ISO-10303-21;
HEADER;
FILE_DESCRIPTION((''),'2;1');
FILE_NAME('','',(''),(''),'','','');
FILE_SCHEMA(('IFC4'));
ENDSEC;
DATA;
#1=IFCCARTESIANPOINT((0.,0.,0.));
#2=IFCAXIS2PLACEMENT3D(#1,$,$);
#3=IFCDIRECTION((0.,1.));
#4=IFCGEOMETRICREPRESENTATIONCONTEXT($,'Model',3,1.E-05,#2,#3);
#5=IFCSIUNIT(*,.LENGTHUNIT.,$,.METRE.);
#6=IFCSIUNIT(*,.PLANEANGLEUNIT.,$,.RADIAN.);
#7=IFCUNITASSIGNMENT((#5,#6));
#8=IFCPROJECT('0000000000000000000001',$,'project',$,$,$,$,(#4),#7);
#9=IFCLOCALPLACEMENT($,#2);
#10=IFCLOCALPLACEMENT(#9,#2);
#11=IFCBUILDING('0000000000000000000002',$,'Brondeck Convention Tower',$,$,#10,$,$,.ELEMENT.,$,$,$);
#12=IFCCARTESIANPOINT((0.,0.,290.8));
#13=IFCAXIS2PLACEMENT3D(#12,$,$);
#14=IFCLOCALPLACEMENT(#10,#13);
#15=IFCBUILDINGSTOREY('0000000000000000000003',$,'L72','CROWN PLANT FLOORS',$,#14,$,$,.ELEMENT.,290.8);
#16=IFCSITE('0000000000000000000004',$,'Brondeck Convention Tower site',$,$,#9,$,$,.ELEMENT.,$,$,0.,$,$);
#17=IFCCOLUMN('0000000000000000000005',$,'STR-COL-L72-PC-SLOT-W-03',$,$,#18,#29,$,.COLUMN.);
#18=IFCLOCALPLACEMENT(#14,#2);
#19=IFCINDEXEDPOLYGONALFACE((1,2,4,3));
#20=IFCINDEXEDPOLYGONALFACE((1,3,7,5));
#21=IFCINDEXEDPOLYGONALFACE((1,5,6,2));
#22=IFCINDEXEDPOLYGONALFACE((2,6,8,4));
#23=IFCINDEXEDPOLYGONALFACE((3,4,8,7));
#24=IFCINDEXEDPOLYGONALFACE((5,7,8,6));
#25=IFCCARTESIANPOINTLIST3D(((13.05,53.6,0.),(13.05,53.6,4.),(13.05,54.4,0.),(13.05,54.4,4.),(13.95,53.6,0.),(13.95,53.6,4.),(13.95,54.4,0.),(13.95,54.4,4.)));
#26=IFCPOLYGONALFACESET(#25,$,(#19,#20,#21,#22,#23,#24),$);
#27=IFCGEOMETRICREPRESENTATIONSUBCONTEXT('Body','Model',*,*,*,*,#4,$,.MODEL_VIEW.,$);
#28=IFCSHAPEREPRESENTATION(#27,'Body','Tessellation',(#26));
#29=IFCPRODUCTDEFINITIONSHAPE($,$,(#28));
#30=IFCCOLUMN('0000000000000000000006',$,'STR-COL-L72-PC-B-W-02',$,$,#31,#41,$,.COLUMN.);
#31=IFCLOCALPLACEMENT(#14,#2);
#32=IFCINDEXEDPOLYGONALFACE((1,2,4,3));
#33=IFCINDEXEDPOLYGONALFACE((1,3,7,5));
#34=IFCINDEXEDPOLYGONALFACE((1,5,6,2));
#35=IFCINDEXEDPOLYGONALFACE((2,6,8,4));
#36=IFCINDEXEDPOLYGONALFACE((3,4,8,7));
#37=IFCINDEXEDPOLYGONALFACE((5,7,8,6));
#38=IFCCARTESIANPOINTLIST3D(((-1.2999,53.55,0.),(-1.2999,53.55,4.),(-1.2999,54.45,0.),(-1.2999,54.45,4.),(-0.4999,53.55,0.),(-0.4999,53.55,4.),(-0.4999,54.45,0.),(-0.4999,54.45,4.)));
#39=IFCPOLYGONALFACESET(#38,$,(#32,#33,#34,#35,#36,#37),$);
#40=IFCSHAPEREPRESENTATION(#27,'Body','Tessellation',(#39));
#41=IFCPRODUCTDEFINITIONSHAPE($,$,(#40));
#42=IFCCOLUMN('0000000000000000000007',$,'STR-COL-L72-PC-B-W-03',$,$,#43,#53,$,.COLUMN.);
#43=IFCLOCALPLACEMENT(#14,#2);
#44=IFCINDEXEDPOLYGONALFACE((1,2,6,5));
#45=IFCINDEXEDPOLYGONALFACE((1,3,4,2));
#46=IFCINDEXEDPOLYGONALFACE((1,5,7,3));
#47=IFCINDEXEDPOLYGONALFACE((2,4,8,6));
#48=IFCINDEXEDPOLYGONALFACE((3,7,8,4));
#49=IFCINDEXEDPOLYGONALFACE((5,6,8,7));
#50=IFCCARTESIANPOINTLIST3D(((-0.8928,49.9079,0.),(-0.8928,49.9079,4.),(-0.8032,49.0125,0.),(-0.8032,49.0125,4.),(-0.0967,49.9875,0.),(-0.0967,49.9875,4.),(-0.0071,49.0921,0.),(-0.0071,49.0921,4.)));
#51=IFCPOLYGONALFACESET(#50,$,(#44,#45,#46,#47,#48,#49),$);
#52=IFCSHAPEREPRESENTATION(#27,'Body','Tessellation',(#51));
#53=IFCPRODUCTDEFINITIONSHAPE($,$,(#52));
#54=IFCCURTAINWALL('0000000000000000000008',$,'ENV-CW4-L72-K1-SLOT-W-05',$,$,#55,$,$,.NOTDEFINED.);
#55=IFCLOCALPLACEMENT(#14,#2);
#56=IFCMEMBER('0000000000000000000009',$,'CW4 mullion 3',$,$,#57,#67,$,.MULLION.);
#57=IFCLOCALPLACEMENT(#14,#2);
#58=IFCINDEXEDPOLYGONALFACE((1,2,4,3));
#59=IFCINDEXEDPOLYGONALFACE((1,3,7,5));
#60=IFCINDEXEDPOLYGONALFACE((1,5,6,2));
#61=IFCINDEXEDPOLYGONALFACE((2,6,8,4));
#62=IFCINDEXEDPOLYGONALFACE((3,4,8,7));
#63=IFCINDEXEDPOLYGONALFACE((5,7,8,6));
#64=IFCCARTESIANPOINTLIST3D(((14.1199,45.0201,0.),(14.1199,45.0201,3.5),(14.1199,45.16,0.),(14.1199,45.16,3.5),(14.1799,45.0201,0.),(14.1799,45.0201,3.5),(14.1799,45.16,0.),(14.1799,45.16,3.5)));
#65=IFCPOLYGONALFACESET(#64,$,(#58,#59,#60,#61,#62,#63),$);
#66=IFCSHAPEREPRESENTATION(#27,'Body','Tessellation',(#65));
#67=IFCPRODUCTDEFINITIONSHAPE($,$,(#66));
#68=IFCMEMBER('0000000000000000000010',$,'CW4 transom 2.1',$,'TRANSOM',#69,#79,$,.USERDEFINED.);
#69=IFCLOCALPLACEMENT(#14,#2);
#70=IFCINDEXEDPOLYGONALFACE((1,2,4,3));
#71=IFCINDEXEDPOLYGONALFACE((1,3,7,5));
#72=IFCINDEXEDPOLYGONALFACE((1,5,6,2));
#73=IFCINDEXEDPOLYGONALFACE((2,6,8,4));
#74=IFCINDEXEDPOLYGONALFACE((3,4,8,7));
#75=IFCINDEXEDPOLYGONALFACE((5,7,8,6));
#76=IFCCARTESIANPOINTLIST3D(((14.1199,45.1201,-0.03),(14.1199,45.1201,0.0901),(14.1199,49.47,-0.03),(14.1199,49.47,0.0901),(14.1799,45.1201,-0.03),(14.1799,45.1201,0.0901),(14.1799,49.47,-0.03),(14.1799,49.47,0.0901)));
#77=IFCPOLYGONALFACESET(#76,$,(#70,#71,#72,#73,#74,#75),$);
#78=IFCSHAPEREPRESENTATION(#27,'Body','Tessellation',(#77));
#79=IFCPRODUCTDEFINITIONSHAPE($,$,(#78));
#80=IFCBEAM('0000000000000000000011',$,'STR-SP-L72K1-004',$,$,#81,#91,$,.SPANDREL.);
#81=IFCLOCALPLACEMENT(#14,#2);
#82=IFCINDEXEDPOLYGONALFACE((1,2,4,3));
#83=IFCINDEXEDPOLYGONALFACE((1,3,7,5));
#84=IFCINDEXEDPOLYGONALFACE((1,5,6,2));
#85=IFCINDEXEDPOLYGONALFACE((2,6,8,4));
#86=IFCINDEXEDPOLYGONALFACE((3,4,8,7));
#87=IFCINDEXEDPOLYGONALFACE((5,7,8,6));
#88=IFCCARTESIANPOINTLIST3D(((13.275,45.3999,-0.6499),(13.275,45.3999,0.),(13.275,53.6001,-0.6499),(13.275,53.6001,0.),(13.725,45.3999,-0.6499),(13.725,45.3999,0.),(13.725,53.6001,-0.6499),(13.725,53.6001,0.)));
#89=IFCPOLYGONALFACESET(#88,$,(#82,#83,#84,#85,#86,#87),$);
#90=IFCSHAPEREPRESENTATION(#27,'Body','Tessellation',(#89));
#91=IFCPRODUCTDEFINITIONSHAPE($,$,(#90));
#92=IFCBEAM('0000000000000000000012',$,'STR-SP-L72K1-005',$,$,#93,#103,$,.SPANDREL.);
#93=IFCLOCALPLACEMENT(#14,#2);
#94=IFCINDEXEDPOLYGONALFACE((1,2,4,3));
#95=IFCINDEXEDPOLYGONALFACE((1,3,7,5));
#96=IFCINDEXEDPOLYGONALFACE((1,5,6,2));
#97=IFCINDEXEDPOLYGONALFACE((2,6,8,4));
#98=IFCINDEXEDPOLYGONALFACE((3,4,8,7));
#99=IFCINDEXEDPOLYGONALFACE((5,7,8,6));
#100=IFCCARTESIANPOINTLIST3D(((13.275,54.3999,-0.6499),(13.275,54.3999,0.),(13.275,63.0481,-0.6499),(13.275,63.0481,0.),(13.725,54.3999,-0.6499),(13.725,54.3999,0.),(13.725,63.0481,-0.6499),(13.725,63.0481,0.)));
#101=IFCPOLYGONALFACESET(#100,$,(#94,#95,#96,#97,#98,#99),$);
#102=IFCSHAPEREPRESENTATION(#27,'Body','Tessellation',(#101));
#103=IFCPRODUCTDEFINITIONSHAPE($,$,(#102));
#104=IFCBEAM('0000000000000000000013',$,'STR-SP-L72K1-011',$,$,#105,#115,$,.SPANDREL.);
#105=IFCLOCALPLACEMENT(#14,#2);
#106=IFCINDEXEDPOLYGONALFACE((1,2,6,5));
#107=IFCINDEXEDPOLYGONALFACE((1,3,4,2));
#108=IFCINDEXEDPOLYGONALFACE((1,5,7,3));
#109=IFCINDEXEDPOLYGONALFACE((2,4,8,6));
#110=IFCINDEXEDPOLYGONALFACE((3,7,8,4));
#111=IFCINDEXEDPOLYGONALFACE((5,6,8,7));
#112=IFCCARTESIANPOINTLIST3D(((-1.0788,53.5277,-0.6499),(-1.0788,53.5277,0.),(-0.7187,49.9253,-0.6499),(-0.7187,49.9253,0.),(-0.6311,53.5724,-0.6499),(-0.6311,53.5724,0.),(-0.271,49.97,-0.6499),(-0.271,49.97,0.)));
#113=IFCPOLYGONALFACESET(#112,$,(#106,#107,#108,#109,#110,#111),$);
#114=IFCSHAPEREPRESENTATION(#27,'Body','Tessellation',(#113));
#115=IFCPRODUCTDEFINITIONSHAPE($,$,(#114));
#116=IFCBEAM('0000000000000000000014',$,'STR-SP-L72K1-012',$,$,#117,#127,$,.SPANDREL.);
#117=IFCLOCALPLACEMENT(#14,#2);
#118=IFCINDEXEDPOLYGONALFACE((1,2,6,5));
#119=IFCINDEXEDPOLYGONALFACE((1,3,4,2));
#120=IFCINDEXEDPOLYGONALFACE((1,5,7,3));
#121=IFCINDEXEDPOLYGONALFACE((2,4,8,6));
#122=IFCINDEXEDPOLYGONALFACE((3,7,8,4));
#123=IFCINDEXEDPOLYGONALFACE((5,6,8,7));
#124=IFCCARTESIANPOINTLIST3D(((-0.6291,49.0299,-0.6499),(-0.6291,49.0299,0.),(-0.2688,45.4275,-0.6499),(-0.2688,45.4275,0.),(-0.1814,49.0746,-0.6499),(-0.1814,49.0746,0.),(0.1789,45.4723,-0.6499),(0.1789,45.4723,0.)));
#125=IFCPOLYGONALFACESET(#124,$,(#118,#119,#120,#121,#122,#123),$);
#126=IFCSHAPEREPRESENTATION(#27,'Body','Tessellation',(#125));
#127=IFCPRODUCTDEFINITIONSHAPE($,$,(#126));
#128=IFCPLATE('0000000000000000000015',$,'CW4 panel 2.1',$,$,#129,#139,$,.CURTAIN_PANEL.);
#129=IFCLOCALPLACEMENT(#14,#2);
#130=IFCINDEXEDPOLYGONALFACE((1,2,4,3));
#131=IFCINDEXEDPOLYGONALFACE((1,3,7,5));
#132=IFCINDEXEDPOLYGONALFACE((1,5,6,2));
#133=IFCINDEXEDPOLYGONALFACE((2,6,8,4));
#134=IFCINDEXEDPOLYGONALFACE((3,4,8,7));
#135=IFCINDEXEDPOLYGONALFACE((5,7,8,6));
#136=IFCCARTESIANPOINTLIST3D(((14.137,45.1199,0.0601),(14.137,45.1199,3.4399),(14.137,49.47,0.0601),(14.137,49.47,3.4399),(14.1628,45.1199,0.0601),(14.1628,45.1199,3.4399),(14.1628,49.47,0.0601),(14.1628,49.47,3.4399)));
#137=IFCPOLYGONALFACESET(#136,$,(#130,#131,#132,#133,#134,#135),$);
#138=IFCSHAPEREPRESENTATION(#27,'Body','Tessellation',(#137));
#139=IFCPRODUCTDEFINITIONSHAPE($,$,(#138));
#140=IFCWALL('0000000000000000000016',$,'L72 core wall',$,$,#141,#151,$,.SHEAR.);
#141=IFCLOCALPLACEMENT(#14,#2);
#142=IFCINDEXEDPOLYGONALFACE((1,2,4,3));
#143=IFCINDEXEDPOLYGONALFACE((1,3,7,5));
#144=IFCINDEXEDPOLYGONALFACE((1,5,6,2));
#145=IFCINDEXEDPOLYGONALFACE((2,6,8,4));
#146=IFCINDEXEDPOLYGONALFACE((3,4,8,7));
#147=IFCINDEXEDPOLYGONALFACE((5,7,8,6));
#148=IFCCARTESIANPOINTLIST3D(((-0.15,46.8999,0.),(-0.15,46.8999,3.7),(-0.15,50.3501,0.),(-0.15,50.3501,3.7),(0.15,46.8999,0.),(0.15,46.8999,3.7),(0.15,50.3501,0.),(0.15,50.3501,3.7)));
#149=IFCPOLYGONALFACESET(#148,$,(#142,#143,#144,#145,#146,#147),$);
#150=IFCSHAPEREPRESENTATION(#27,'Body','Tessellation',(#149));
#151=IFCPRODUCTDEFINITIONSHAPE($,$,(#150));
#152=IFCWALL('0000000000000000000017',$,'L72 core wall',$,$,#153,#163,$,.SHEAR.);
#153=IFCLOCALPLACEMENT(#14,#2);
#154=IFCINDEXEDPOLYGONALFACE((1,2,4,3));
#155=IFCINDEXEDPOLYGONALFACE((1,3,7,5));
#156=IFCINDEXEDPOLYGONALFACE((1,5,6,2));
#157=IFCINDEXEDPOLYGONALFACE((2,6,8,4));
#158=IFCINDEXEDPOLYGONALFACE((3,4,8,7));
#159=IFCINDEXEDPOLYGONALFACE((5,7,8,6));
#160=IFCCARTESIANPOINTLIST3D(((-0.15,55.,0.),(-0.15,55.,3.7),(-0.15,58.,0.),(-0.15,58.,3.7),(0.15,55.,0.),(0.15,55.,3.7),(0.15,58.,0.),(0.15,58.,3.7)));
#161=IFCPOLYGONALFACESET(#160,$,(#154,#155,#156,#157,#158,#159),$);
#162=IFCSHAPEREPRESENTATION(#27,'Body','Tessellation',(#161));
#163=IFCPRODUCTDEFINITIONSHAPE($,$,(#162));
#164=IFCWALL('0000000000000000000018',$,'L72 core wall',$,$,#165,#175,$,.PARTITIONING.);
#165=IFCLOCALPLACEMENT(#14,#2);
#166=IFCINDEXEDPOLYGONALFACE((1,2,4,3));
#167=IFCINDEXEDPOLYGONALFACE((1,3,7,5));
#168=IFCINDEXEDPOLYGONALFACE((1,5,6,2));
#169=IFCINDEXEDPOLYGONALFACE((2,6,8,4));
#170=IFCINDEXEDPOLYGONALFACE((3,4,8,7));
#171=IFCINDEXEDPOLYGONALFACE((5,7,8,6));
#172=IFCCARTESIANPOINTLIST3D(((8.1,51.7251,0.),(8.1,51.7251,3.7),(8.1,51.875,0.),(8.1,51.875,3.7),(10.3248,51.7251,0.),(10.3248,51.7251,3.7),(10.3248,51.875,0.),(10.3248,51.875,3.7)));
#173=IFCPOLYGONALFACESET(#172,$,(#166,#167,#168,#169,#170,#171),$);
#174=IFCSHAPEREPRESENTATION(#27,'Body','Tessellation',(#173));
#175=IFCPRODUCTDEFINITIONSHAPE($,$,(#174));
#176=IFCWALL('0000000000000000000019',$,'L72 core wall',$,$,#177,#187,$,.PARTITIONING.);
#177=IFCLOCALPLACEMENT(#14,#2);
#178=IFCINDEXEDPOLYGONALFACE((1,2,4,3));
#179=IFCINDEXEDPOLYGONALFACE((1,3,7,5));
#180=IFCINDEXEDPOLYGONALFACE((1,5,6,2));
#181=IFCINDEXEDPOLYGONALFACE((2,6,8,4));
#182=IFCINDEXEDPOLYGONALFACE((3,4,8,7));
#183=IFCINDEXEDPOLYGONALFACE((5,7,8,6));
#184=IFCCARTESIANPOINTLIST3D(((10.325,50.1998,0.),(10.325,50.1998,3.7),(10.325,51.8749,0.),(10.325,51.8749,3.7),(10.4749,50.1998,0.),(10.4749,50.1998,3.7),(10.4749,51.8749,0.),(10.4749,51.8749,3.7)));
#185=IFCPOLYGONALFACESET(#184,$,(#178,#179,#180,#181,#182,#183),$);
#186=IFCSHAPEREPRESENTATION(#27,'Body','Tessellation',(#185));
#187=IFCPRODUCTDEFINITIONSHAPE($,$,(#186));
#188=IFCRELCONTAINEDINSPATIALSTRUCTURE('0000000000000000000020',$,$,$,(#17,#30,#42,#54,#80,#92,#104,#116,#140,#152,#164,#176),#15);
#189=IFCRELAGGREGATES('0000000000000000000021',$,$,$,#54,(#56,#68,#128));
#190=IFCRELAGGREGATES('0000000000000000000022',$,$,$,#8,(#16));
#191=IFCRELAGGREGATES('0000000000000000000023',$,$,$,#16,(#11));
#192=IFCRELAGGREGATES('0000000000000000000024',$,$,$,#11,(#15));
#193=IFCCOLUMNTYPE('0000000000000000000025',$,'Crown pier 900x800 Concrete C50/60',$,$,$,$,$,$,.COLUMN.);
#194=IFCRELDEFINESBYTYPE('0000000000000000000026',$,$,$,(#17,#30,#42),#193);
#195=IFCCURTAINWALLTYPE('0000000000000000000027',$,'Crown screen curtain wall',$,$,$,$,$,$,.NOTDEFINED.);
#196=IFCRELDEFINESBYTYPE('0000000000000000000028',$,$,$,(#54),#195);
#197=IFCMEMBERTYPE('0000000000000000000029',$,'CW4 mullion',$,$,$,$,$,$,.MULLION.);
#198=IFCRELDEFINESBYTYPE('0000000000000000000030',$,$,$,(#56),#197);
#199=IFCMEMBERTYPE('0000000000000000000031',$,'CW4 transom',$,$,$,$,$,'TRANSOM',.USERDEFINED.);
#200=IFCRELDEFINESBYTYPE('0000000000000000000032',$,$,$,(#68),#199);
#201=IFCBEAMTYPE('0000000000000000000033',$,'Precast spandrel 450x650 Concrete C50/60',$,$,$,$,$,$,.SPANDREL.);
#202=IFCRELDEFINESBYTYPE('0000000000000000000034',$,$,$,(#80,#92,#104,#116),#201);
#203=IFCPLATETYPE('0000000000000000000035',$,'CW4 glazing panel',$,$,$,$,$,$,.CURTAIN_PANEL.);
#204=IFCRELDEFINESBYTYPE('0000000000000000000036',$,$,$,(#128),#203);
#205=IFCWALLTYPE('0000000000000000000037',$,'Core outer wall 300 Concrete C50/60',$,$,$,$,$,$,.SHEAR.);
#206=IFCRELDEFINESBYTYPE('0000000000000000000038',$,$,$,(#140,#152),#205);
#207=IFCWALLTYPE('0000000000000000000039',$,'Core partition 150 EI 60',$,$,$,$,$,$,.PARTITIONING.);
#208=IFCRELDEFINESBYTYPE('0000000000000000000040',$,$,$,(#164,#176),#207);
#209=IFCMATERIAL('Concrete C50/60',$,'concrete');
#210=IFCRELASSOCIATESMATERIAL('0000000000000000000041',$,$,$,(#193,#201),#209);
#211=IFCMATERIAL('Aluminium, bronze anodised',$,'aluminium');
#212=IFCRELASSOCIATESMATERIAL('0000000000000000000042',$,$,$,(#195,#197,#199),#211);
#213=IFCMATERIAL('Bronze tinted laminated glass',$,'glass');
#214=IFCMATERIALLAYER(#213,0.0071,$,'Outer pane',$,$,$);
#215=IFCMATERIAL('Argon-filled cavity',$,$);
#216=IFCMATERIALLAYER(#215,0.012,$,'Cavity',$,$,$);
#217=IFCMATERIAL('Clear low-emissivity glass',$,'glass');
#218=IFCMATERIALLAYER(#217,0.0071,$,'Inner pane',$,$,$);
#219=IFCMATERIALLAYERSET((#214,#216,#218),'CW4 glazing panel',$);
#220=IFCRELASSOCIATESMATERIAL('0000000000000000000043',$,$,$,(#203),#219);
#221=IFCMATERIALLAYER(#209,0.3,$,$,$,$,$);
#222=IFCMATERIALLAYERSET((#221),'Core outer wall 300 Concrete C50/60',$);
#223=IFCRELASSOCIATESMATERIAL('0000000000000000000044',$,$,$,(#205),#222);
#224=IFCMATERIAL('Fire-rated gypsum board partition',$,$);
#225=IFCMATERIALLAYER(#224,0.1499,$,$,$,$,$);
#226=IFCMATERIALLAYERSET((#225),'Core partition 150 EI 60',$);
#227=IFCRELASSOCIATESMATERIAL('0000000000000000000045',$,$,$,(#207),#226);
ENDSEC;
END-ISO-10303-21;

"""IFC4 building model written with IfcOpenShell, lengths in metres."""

from ifc_helpers import new_model, si_unit, direction, frame, frame_2d, origin, origin_2d, place, context, subcontext, project, spatial, rectangle, extrude, material, layer, layer_set, material_profile, profile_set, type_object, element, aggregate, save


model = new_model("IFC4")

# Units and contexts
model_context = context("Model", 3, precision=1e-05, world=origin(), true_north=direction((0.0, 1.0)))
body_context = subcontext(model_context, "Body", "Model", "MODEL_VIEW")
ifc_project = project(units=[si_unit("LENGTHUNIT", "METRE"), si_unit("PLANEANGLEUNIT", "RADIAN")], contexts=[model_context])

# Site, building, storey
site_placement = place(None, origin())
site = spatial("IfcSite", under=ifc_project, at=site_placement, Name="Brondeck Convention Tower site", CompositionType="ELEMENT", RefElevation=0.0)
building_placement = place(site_placement, origin())
building = spatial("IfcBuilding", under=site, at=building_placement, Name="Brondeck Convention Tower", CompositionType="ELEMENT")
storey_placement = place(building_placement, frame((0.0, 0.0, 290.8)))
storey = spatial("IfcBuildingStorey", under=building, at=storey_placement, Name="L72", Description="CROWN PLANT FLOORS", CompositionType="ELEMENT", Elevation=290.8)

# Columns
ifc_material_1 = material(Name="Concrete C50/60", Category="concrete")
ifc_material_profile_1 = material_profile(ifc_material_1, rectangle(XDim=0.8999, YDim=0.8, at=origin_2d()), Name="Crown pier 900x800 Concrete C50/60")
ifc_profile_set_1 = profile_set([ifc_material_profile_1], Name="Concrete C50/60")
column_type = type_object("IfcColumnType", Name="Crown pier 900x800 Concrete C50/60", PredefinedType="COLUMN", material=ifc_profile_set_1)
for number, where, z_axis, x_axis, name in (
    (1, (13.5, 54.0, 0.0), (0.0, 0.0, 1.0), (1.0, 0.0, 0.0), "STR-COL-L72-PC-SLOT-W-03"),
    (2, (-0.8999, 54.0, 0.0), (0.0, 0.0, 1.0), (0.0, -1.0, 0.0), "STR-COL-L72-PC-B-W-02"),
    (3, (-0.45, 49.5, 0.0), (0.0, 0.0, 1.0), (0.099504, -0.995037, 0.0), "STR-COL-L72-PC-B-W-03"),
):
    element("IfcColumn", number, at=place(storey_placement, frame(where, z_axis=z_axis, x_axis=x_axis)), inside=storey, type_object=column_type, Name=name, PredefinedType="COLUMN", context=body_context, shape_type="SweptSolid", body=[
        extrude(rectangle(XDim=0.8999, YDim=0.8, at=origin_2d()), origin(), (0.0, 0.0, 1.0), 4.0),
    ])

# Curtain wall, members
ifc_material_2 = material(Name="Aluminium, bronze anodised", Category="aluminium")
curtain_wall_type = type_object("IfcCurtainWallType", Name="Crown screen curtain wall", PredefinedType="NOTDEFINED", material=ifc_material_2)
curtain_wall_placement = place(storey_placement, origin())
curtain_wall = element("IfcCurtainWall", 4, at=curtain_wall_placement, inside=storey, type_object=curtain_wall_type, Name="ENV-CW4-L72-K1-SLOT-W-05", PredefinedType="NOTDEFINED")
ifc_material_profile_2 = material_profile(ifc_material_2, rectangle(XDim=0.0601, YDim=0.1399, at=origin_2d()), Name="CW4 mullion")
ifc_profile_set_2 = profile_set([ifc_material_profile_2], Name="Aluminium, bronze anodised")
member_type_1 = type_object("IfcMemberType", Name="CW4 mullion", PredefinedType="MULLION", material=ifc_profile_set_2)
member_1_placement = place(storey_placement, frame((14.1499, 45.0901, 0.0), z_axis=(0.0, 0.0, 1.0), x_axis=(1.0, 0.0, 0.0)))
member_1 = element("IfcMember", 5, at=member_1_placement, type_object=member_type_1, Name="CW4 mullion 3", PredefinedType="MULLION", context=body_context, shape_type="SweptSolid", body=[
    extrude(rectangle(XDim=0.0601, YDim=0.1399, at=origin_2d()), origin(), (0.0, 0.0, 1.0), 3.5),
])
ifc_material_profile_3 = material_profile(ifc_material_2, rectangle(XDim=0.0601, YDim=0.1201, at=origin_2d()), Name="CW4 transom")
ifc_profile_set_3 = profile_set([ifc_material_profile_3], Name="Aluminium, bronze anodised")
member_type_2 = type_object("IfcMemberType", Name="CW4 transom", ElementType="TRANSOM", PredefinedType="USERDEFINED", material=ifc_profile_set_3)
member_2_placement = place(storey_placement, frame((14.1499, 49.47, 0.03), z_axis=(0.0, -1.0, 0.0), x_axis=(1.0, 0.0, 0.0)))
member_2 = element("IfcMember", 6, at=member_2_placement, type_object=member_type_2, Name="CW4 transom 2.1", ObjectType="TRANSOM", PredefinedType="USERDEFINED", context=body_context, shape_type="SweptSolid", body=[
    extrude(rectangle(XDim=0.0601, YDim=0.1201, at=origin_2d()), origin(), (0.0, 0.0, 1.0), 4.3499),
])

# Beams
ifc_material_profile_4 = material_profile(ifc_material_1, rectangle(XDim=0.45, YDim=0.6499, at=origin_2d()), Name="Precast spandrel 450x650 Concrete C50/60")
ifc_profile_set_4 = profile_set([ifc_material_profile_4], Name="Concrete C50/60")
beam_type = type_object("IfcBeamType", Name="Precast spandrel 450x650 Concrete C50/60", PredefinedType="SPANDREL", material=ifc_profile_set_4)
beam_1_placement = place(storey_placement, frame((13.5, 45.3999, -0.325), z_axis=(0.0, 1.0, 0.0), x_axis=(-1.0, 0.0, 0.0)))
element("IfcBeam", 7, at=beam_1_placement, inside=storey, type_object=beam_type, Name="STR-SP-L72K1-004", PredefinedType="SPANDREL", context=body_context, shape_type="SweptSolid", body=[
    extrude(rectangle(XDim=0.45, YDim=0.6499, at=origin_2d()), origin(), (0.0, 0.0, 1.0), 8.2002),
])
beam_2_placement = place(storey_placement, frame((13.5, 54.3999, -0.325), z_axis=(0.0, 1.0, 0.0), x_axis=(-1.0, 0.0, 0.0)))
element("IfcBeam", 8, at=beam_2_placement, inside=storey, type_object=beam_type, Name="STR-SP-L72K1-005", PredefinedType="SPANDREL", context=body_context, shape_type="SweptSolid", body=[
    extrude(rectangle(XDim=0.45, YDim=0.6499, at=origin_2d()), origin(), (0.0, 0.0, 1.0), 8.6482),
])
for number, where, z_axis, x_axis, name in (
    (9, (-0.855, 53.55, -0.325), (0.09947, -0.995041, 0.0), (0.995041, 0.09947, 0.0), "STR-SP-L72K1-011"),
    (10, (-0.4053, 49.0522, -0.325), (0.099537, -0.995034, 0.0), (0.995034, 0.099537, 0.0), "STR-SP-L72K1-012"),
):
    element("IfcBeam", number, at=place(storey_placement, frame(where, z_axis=z_axis, x_axis=x_axis)), inside=storey, type_object=beam_type, Name=name, PredefinedType="SPANDREL", context=body_context, shape_type="SweptSolid", body=[
        extrude(rectangle(XDim=0.45, YDim=0.6499, at=origin_2d()), origin(), (0.0, 0.0, 1.0), 3.6204),
    ])

# Plate
ifc_material_3 = material(Name="Bronze tinted laminated glass", Category="glass")
ifc_layer_1 = layer(ifc_material_3, 0.0071, Name="Outer pane")
ifc_material_4 = material(Name="Argon-filled cavity")
ifc_layer_2 = layer(ifc_material_4, 0.012, Name="Cavity")
ifc_material_5 = material(Name="Clear low-emissivity glass", Category="glass")
ifc_layer_3 = layer(ifc_material_5, 0.0071, Name="Inner pane")
ifc_layer_set_1 = layer_set([ifc_layer_1, ifc_layer_2, ifc_layer_3], Name="CW4 glazing panel")
plate_type = type_object("IfcPlateType", Name="CW4 glazing panel", PredefinedType="CURTAIN_PANEL", material=ifc_layer_set_1)
plate_placement = place(storey_placement, frame((14.1499, 47.2949, 0.0601), z_axis=(0.0, 0.0, 1.0), x_axis=(0.0, -1.0, 0.0)))
plate = element("IfcPlate", 11, at=plate_placement, type_object=plate_type, Name="CW4 panel 2.1", PredefinedType="CURTAIN_PANEL", context=body_context, shape_type="SweptSolid", body=[
    extrude(rectangle(XDim=4.3501, YDim=0.0259, at=origin_2d()), origin(), (0.0, 0.0, 1.0), 3.3799),
])
aggregate(curtain_wall, [member_1, member_2, plate])

# Walls
ifc_layer_4 = layer(ifc_material_1, 0.3)
ifc_layer_set_2 = layer_set([ifc_layer_4], Name="Core outer wall 300 Concrete C50/60")
wall_type_1 = type_object("IfcWallType", Name="Core outer wall 300 Concrete C50/60", PredefinedType="SHEAR", material=ifc_layer_set_2)
wall_1_placement = place(storey_placement, frame((0.0, 46.8999, 0.0), z_axis=(0.0, 0.0, 1.0), x_axis=(0.0, 1.0, 0.0)))
element("IfcWall", 12, at=wall_1_placement, inside=storey, type_object=wall_type_1, Name="L72 core wall", PredefinedType="SHEAR", context=body_context, shape_type="SweptSolid", body=[
    extrude(rectangle(XDim=3.4502, YDim=0.3, at=frame_2d((1.7251, 0.0))), origin(), (0.0, 0.0, 1.0), 3.7),
])
wall_2_placement = place(storey_placement, frame((0.0, 55.0, 0.0), z_axis=(0.0, 0.0, 1.0), x_axis=(0.0, 1.0, 0.0)))
element("IfcWall", 13, at=wall_2_placement, inside=storey, type_object=wall_type_1, Name="L72 core wall", PredefinedType="SHEAR", context=body_context, shape_type="SweptSolid", body=[
    extrude(rectangle(XDim=3.0, YDim=0.3, at=frame_2d((1.5, 0.0))), origin(), (0.0, 0.0, 1.0), 3.7),
])
ifc_material_6 = material(Name="Fire-rated gypsum board partition")
ifc_layer_5 = layer(ifc_material_6, 0.1499)
ifc_layer_set_3 = layer_set([ifc_layer_5], Name="Core partition 150 EI 60")
wall_type_2 = type_object("IfcWallType", Name="Core partition 150 EI 60", PredefinedType="PARTITIONING", material=ifc_layer_set_3)
wall_3_placement = place(storey_placement, frame((8.1001, 51.8, 0.0), z_axis=(0.0, 0.0, 1.0), x_axis=(1.0, 0.0, 0.0)))
element("IfcWall", 14, at=wall_3_placement, inside=storey, type_object=wall_type_2, Name="L72 core wall", PredefinedType="PARTITIONING", context=body_context, shape_type="SweptSolid", body=[
    extrude(rectangle(XDim=2.2249, YDim=0.1499, at=frame_2d((1.1123, 0.0))), origin(), (0.0, 0.0, 1.0), 3.7),
])
wall_4_placement = place(storey_placement, frame((10.3999, 50.2, 0.0), z_axis=(0.0, 0.0, 1.0), x_axis=(0.0, 1.0, 0.0)))
element("IfcWall", 15, at=wall_4_placement, inside=storey, type_object=wall_type_2, Name="L72 core wall", PredefinedType="PARTITIONING", context=body_context, shape_type="SweptSolid", body=[
    extrude(rectangle(XDim=1.675, YDim=0.1499, at=frame_2d((0.8374, 0.0))), origin(), (0.0, 0.0, 1.0), 3.7),
])

save(model, "model.ifc")
